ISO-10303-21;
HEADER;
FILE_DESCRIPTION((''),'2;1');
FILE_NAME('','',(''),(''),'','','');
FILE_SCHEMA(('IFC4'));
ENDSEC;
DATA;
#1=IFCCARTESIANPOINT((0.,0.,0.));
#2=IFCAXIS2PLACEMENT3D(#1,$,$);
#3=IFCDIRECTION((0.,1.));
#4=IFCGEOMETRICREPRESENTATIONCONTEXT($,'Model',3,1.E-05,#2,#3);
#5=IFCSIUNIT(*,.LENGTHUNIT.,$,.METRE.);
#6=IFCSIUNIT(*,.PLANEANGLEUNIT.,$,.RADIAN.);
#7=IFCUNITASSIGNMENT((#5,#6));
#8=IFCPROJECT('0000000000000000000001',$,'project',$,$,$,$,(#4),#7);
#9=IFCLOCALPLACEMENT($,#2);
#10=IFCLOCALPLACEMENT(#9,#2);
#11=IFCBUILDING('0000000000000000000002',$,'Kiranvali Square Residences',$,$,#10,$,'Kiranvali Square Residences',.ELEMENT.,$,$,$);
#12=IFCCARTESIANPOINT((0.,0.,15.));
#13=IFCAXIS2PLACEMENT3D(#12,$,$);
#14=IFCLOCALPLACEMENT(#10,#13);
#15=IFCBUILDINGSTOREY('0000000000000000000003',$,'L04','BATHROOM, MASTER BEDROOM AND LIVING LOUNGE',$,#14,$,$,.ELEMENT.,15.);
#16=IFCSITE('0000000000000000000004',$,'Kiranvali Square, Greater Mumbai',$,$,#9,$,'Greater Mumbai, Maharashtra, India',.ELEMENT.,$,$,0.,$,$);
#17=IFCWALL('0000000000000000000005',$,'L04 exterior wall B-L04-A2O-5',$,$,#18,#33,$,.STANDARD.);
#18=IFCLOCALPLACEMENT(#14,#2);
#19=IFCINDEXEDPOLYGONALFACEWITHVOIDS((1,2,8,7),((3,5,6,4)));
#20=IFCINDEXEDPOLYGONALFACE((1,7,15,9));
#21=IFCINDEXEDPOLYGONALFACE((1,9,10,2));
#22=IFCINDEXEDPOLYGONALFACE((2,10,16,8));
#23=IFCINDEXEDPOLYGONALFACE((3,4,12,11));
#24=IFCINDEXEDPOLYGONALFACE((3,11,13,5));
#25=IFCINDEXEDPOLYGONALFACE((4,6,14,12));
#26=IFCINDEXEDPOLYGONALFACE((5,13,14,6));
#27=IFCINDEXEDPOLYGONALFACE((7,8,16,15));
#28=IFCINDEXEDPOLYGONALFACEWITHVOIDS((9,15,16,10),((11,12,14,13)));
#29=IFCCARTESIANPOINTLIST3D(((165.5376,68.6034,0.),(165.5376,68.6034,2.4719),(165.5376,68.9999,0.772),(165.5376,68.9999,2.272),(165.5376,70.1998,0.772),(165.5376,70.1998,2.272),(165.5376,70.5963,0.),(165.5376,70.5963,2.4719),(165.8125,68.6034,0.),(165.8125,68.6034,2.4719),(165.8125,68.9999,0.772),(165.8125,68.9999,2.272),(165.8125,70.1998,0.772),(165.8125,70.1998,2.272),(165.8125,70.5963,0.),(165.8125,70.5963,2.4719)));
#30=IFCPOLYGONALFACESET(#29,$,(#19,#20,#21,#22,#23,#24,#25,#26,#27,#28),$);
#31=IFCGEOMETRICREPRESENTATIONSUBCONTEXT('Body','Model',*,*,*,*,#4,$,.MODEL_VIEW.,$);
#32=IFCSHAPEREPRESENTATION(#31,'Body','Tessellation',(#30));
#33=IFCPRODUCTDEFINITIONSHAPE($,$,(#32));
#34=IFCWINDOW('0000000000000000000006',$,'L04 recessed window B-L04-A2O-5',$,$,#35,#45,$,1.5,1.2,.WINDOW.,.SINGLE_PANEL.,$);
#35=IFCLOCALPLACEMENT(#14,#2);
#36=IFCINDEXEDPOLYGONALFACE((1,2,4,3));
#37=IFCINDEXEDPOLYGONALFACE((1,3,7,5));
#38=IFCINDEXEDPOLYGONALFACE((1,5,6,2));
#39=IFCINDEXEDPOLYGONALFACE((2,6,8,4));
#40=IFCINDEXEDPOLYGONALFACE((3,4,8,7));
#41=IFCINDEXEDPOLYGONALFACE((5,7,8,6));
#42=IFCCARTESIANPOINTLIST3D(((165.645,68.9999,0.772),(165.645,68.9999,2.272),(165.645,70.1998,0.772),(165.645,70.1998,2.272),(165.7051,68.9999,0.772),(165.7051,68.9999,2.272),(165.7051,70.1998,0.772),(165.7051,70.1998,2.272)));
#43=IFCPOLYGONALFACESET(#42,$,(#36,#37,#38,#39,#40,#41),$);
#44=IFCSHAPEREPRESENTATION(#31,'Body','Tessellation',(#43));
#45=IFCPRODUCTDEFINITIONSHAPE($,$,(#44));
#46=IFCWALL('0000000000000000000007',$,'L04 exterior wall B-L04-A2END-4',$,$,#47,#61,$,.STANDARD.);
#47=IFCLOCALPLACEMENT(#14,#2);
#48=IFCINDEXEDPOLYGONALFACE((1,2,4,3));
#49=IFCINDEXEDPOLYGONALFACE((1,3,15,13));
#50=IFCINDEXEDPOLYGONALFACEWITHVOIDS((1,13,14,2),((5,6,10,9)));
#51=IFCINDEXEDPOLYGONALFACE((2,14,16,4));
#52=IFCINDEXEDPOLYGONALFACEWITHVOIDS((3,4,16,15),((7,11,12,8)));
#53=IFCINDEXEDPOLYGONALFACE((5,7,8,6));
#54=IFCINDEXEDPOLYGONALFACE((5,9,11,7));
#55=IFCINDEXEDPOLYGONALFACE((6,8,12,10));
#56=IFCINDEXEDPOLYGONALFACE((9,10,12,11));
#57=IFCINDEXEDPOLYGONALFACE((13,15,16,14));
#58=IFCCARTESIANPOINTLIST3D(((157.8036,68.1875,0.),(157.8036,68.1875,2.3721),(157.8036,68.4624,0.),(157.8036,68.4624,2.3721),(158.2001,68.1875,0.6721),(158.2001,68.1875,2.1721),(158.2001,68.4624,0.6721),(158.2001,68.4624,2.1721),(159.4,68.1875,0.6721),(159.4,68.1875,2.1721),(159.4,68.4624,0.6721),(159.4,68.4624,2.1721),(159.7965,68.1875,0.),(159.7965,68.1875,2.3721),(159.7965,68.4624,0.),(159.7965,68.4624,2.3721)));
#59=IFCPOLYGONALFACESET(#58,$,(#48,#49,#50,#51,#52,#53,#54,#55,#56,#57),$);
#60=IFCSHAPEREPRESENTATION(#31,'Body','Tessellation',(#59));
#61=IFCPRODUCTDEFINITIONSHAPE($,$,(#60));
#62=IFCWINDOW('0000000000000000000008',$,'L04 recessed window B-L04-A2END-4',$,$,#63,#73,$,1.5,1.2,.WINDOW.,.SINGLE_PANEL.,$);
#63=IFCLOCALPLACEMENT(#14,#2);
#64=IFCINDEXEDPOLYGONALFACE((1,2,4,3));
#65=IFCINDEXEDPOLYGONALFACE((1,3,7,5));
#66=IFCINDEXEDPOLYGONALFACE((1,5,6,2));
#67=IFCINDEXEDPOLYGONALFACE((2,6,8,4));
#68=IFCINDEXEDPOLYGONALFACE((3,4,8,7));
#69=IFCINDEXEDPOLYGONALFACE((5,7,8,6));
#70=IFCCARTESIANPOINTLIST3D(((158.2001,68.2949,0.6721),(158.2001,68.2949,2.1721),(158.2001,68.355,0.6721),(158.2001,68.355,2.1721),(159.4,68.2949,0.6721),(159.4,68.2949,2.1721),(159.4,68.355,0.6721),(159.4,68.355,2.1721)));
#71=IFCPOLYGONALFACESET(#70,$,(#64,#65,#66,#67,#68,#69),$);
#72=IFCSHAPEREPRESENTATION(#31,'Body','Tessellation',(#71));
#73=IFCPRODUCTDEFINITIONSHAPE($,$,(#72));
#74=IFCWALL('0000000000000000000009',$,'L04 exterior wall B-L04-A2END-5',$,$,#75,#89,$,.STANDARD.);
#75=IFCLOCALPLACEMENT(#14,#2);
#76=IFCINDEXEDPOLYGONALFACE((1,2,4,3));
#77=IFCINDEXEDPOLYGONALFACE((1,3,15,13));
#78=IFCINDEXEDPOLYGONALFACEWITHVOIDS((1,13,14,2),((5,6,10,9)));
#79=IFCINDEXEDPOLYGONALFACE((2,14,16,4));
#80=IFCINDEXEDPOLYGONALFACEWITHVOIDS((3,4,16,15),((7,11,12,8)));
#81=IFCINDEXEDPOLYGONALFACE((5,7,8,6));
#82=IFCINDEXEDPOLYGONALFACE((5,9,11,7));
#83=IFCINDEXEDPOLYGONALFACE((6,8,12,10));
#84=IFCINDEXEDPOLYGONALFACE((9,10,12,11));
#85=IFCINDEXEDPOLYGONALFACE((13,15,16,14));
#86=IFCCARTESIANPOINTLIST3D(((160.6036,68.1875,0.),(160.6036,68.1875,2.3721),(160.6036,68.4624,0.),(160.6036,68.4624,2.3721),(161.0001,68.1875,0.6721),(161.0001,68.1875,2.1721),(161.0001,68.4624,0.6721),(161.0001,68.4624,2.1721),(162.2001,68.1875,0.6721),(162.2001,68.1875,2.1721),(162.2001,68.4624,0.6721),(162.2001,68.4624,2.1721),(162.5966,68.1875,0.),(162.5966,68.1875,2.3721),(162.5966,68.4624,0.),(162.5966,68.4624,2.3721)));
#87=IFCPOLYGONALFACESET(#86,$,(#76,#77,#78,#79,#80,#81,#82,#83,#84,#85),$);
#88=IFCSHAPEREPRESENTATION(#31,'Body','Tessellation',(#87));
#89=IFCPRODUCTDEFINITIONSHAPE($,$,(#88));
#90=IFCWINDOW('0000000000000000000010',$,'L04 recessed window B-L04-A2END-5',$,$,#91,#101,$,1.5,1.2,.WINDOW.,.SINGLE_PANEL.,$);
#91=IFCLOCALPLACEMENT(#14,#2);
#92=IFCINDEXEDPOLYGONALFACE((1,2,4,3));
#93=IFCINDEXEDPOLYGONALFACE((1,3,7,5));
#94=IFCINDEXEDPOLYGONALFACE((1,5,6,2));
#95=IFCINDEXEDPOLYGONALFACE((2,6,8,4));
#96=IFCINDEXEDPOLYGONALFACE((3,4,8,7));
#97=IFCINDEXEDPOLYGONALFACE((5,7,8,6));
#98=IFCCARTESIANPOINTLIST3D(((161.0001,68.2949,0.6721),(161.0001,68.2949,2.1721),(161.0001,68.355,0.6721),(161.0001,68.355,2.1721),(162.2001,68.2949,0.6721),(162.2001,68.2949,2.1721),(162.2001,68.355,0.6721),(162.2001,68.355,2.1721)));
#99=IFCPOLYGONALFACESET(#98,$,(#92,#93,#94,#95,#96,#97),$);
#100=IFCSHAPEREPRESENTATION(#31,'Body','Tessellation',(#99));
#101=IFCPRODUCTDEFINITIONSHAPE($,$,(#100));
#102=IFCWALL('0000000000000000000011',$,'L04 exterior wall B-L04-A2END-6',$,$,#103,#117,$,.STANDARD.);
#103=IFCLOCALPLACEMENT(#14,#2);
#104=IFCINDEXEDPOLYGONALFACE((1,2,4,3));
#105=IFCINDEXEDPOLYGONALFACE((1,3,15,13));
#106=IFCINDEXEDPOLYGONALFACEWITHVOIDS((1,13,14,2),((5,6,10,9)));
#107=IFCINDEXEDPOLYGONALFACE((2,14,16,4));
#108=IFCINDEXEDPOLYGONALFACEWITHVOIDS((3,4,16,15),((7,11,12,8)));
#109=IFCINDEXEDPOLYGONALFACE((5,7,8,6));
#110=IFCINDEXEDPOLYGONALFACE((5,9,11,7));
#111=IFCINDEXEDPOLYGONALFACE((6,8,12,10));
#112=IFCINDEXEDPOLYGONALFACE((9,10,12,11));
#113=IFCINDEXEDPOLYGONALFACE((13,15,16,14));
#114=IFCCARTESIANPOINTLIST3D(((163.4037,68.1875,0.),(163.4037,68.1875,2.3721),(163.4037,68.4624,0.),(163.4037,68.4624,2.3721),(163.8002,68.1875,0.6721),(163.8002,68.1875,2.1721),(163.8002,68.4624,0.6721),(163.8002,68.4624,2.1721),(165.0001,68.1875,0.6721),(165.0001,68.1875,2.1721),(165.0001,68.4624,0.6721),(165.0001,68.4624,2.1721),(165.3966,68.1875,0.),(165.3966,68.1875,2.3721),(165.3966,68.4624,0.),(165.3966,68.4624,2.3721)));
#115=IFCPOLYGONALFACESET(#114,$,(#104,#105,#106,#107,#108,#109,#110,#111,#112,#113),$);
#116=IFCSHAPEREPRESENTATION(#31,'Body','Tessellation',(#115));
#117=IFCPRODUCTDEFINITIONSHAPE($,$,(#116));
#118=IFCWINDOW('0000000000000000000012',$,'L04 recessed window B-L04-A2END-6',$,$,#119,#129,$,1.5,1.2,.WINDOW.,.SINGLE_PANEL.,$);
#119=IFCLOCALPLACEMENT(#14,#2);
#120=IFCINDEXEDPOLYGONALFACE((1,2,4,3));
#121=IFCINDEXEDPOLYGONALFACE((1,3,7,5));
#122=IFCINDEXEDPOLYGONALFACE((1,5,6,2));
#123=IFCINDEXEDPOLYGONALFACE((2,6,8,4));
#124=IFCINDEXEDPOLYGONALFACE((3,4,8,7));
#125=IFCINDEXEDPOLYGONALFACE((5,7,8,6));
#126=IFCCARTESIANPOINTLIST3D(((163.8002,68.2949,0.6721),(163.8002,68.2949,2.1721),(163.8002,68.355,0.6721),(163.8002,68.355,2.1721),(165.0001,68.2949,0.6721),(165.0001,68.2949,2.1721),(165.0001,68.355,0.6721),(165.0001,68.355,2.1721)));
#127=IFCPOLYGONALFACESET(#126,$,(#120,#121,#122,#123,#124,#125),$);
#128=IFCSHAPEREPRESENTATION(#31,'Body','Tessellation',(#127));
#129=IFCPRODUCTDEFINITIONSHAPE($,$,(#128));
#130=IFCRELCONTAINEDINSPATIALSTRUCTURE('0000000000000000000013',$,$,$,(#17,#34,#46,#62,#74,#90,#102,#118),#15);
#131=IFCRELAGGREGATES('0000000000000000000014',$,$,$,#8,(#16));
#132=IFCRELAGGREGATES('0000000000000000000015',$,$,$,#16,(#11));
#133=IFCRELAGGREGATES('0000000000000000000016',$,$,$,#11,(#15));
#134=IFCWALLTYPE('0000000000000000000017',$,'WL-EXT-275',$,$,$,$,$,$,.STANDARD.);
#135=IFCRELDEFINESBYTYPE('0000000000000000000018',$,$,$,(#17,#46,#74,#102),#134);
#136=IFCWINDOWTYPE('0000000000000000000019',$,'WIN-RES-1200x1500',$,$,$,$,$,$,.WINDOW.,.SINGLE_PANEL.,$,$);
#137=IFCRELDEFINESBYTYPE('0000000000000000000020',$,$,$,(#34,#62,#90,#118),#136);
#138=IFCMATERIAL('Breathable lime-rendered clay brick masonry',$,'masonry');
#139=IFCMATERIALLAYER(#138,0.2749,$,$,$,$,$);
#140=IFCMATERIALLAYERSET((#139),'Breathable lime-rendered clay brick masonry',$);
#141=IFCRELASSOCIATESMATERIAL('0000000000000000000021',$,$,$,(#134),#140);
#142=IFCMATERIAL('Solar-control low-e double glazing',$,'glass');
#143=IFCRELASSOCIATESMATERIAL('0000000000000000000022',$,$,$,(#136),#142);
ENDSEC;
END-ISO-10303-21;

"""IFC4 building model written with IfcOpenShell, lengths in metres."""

from ifc_helpers import new_model, si_unit, direction, frame, frame_2d, origin, place, context, subcontext, project, spatial, rectangle, extrude, material, layer, layer_set, type_object, element, fill, save


model = new_model("IFC4")

# Units and contexts
model_context = context("Model", 3, precision=1e-05, world=origin(), true_north=direction((0.0, 1.0)))
body_context = subcontext(model_context, "Body", "Model", "MODEL_VIEW")
ifc_project = project(units=[si_unit("LENGTHUNIT", "METRE"), si_unit("PLANEANGLEUNIT", "RADIAN")], contexts=[model_context])

# Site, building, storey
site_placement = place(None, origin())
site = spatial("IfcSite", under=ifc_project, at=site_placement, Name="Kiranvali Square, Greater Mumbai", LongName="Greater Mumbai, Maharashtra, India", CompositionType="ELEMENT", RefElevation=0.0)
building_placement = place(site_placement, origin())
building = spatial("IfcBuilding", under=site, at=building_placement, Name="Kiranvali Square Residences", LongName="Kiranvali Square Residences", CompositionType="ELEMENT")
storey_placement = place(building_placement, frame((0.0, 0.0, 15.0)))
storey = spatial("IfcBuildingStorey", under=building, at=storey_placement, Name="L04", Description="BATHROOM, MASTER BEDROOM AND LIVING LOUNGE", CompositionType="ELEMENT", Elevation=15.0)

# Walls, openings, windows
ifc_material_1 = material(Name="Breathable lime-rendered clay brick masonry", Category="masonry")
ifc_layer = layer(ifc_material_1, 0.2749)
ifc_layer_set = layer_set([ifc_layer], Name="Breathable lime-rendered clay brick masonry")
wall_type = type_object("IfcWallType", Name="WL-EXT-275", PredefinedType="STANDARD", material=ifc_layer_set)
ifc_material_2 = material(Name="Solar-control low-e double glazing", Category="glass")
window_type = type_object("IfcWindowType", Name="WIN-RES-1200x1500", PartitioningType="SINGLE_PANEL", PredefinedType="WINDOW", material=ifc_material_2)
wall_1_placement = place(storey_placement, frame((165.675, 70.5964, 0.0), z_axis=(0.0, 0.0, 1.0), x_axis=(0.0, -1.0, 0.0)))
wall_1 = element("IfcWall", 1, at=wall_1_placement, inside=storey, type_object=wall_type, Name="L04 exterior wall B-L04-A2O-5", PredefinedType="STANDARD", context=body_context, shape_type="SweptSolid", body=[
    extrude(rectangle(XDim=1.9929, YDim=0.2749, at=frame_2d((0.9966, 0.0))), origin(), (0.0, 0.0, 1.0), 2.4719),
])
opening_1_placement = place(wall_1_placement, frame((0.3965, 0.0, 0.772)))
opening_1 = element("IfcOpeningElement", 2, at=opening_1_placement, cuts=wall_1, PredefinedType="OPENING", context=body_context, shape_type="SweptSolid", body=[
    extrude(rectangle(XDim=1.2, YDim=1.5, at=frame_2d((0.6001, 0.75))), frame((0.0, 0.1475, 0.0), z_axis=(0.0, -1.0, 0.0), x_axis=(1.0, 0.0, 0.0)), (0.0, 0.0, 1.0), 0.2949),
])
window_1_placement = place(opening_1_placement, origin())
window_1 = element("IfcWindow", 3, at=window_1_placement, inside=storey, type_object=window_type, Name="L04 recessed window B-L04-A2O-5", OverallHeight=1.5, OverallWidth=1.2, PartitioningType="SINGLE_PANEL", PredefinedType="WINDOW", context=body_context, shape_type="SweptSolid", body=[
    extrude(rectangle(XDim=1.2, YDim=1.5, at=frame_2d((0.6001, 0.75))), frame((0.0, 0.03, 0.0), z_axis=(0.0, -1.0, 0.0), x_axis=(1.0, 0.0, 0.0)), (0.0, 0.0, 1.0), 0.0601),
])
fill(opening_1, window_1)
wall_2_placement = place(storey_placement, frame((157.8035, 68.325, 0.0), z_axis=(0.0, 0.0, 1.0), x_axis=(1.0, 0.0, 0.0)))
wall_2 = element("IfcWall", 4, at=wall_2_placement, inside=storey, type_object=wall_type, Name="L04 exterior wall B-L04-A2END-4", PredefinedType="STANDARD", context=body_context, shape_type="SweptSolid", body=[
    extrude(rectangle(XDim=1.9929, YDim=0.2749, at=frame_2d((0.9966, 0.0))), origin(), (0.0, 0.0, 1.0), 2.3721),
])
opening_2_placement = place(wall_2_placement, frame((0.3965, 0.0, 0.6721)))
opening_2 = element("IfcOpeningElement", 5, at=opening_2_placement, cuts=wall_2, PredefinedType="OPENING", context=body_context, shape_type="SweptSolid", body=[
    extrude(rectangle(XDim=1.2, YDim=1.5, at=frame_2d((0.6001, 0.75))), frame((0.0, 0.1475, 0.0), z_axis=(0.0, -1.0, 0.0), x_axis=(1.0, 0.0, 0.0)), (0.0, 0.0, 1.0), 0.2949),
])
window_2_placement = place(opening_2_placement, origin())
window_2 = element("IfcWindow", 6, at=window_2_placement, inside=storey, type_object=window_type, Name="L04 recessed window B-L04-A2END-4", OverallHeight=1.5, OverallWidth=1.2, PartitioningType="SINGLE_PANEL", PredefinedType="WINDOW", context=body_context, shape_type="SweptSolid", body=[
    extrude(rectangle(XDim=1.2, YDim=1.5, at=frame_2d((0.6001, 0.75))), frame((0.0, 0.03, 0.0), z_axis=(0.0, -1.0, 0.0), x_axis=(1.0, 0.0, 0.0)), (0.0, 0.0, 1.0), 0.0601),
])
fill(opening_2, window_2)
wall_3_placement = place(storey_placement, frame((160.6035, 68.325, 0.0), z_axis=(0.0, 0.0, 1.0), x_axis=(1.0, 0.0, 0.0)))
wall_3 = element("IfcWall", 7, at=wall_3_placement, inside=storey, type_object=wall_type, Name="L04 exterior wall B-L04-A2END-5", PredefinedType="STANDARD", context=body_context, shape_type="SweptSolid", body=[
    extrude(rectangle(XDim=1.9929, YDim=0.2749, at=frame_2d((0.9966, 0.0))), origin(), (0.0, 0.0, 1.0), 2.3721),
])
opening_3_placement = place(wall_3_placement, frame((0.3965, 0.0, 0.6721)))
opening_3 = element("IfcOpeningElement", 8, at=opening_3_placement, cuts=wall_3, PredefinedType="OPENING", context=body_context, shape_type="SweptSolid", body=[
    extrude(rectangle(XDim=1.2, YDim=1.5, at=frame_2d((0.6001, 0.75))), frame((0.0, 0.1475, 0.0), z_axis=(0.0, -1.0, 0.0), x_axis=(1.0, 0.0, 0.0)), (0.0, 0.0, 1.0), 0.2949),
])
window_3_placement = place(opening_3_placement, origin())
window_3 = element("IfcWindow", 9, at=window_3_placement, inside=storey, type_object=window_type, Name="L04 recessed window B-L04-A2END-5", OverallHeight=1.5, OverallWidth=1.2, PartitioningType="SINGLE_PANEL", PredefinedType="WINDOW", context=body_context, shape_type="SweptSolid", body=[
    extrude(rectangle(XDim=1.2, YDim=1.5, at=frame_2d((0.6001, 0.75))), frame((0.0, 0.03, 0.0), z_axis=(0.0, -1.0, 0.0), x_axis=(1.0, 0.0, 0.0)), (0.0, 0.0, 1.0), 0.0601),
])
fill(opening_3, window_3)
wall_4_placement = place(storey_placement, frame((163.4036, 68.325, 0.0), z_axis=(0.0, 0.0, 1.0), x_axis=(1.0, 0.0, 0.0)))
wall_4 = element("IfcWall", 10, at=wall_4_placement, inside=storey, type_object=wall_type, Name="L04 exterior wall B-L04-A2END-6", PredefinedType="STANDARD", context=body_context, shape_type="SweptSolid", body=[
    extrude(rectangle(XDim=1.9929, YDim=0.2749, at=frame_2d((0.9966, 0.0))), origin(), (0.0, 0.0, 1.0), 2.3721),
])
opening_4_placement = place(wall_4_placement, frame((0.3965, 0.0, 0.6721)))
opening_4 = element("IfcOpeningElement", 11, at=opening_4_placement, cuts=wall_4, PredefinedType="OPENING", context=body_context, shape_type="SweptSolid", body=[
    extrude(rectangle(XDim=1.2, YDim=1.5, at=frame_2d((0.6001, 0.75))), frame((0.0, 0.1475, 0.0), z_axis=(0.0, -1.0, 0.0), x_axis=(1.0, 0.0, 0.0)), (0.0, 0.0, 1.0), 0.2949),
])
window_4_placement = place(opening_4_placement, origin())
window_4 = element("IfcWindow", 12, at=window_4_placement, inside=storey, type_object=window_type, Name="L04 recessed window B-L04-A2END-6", OverallHeight=1.5, OverallWidth=1.2, PartitioningType="SINGLE_PANEL", PredefinedType="WINDOW", context=body_context, shape_type="SweptSolid", body=[
    extrude(rectangle(XDim=1.2, YDim=1.5, at=frame_2d((0.6001, 0.75))), frame((0.0, 0.03, 0.0), z_axis=(0.0, -1.0, 0.0), x_axis=(1.0, 0.0, 0.0)), (0.0, 0.0, 1.0), 0.0601),
])
fill(opening_4, window_4)

save(model, "model.ifc")
